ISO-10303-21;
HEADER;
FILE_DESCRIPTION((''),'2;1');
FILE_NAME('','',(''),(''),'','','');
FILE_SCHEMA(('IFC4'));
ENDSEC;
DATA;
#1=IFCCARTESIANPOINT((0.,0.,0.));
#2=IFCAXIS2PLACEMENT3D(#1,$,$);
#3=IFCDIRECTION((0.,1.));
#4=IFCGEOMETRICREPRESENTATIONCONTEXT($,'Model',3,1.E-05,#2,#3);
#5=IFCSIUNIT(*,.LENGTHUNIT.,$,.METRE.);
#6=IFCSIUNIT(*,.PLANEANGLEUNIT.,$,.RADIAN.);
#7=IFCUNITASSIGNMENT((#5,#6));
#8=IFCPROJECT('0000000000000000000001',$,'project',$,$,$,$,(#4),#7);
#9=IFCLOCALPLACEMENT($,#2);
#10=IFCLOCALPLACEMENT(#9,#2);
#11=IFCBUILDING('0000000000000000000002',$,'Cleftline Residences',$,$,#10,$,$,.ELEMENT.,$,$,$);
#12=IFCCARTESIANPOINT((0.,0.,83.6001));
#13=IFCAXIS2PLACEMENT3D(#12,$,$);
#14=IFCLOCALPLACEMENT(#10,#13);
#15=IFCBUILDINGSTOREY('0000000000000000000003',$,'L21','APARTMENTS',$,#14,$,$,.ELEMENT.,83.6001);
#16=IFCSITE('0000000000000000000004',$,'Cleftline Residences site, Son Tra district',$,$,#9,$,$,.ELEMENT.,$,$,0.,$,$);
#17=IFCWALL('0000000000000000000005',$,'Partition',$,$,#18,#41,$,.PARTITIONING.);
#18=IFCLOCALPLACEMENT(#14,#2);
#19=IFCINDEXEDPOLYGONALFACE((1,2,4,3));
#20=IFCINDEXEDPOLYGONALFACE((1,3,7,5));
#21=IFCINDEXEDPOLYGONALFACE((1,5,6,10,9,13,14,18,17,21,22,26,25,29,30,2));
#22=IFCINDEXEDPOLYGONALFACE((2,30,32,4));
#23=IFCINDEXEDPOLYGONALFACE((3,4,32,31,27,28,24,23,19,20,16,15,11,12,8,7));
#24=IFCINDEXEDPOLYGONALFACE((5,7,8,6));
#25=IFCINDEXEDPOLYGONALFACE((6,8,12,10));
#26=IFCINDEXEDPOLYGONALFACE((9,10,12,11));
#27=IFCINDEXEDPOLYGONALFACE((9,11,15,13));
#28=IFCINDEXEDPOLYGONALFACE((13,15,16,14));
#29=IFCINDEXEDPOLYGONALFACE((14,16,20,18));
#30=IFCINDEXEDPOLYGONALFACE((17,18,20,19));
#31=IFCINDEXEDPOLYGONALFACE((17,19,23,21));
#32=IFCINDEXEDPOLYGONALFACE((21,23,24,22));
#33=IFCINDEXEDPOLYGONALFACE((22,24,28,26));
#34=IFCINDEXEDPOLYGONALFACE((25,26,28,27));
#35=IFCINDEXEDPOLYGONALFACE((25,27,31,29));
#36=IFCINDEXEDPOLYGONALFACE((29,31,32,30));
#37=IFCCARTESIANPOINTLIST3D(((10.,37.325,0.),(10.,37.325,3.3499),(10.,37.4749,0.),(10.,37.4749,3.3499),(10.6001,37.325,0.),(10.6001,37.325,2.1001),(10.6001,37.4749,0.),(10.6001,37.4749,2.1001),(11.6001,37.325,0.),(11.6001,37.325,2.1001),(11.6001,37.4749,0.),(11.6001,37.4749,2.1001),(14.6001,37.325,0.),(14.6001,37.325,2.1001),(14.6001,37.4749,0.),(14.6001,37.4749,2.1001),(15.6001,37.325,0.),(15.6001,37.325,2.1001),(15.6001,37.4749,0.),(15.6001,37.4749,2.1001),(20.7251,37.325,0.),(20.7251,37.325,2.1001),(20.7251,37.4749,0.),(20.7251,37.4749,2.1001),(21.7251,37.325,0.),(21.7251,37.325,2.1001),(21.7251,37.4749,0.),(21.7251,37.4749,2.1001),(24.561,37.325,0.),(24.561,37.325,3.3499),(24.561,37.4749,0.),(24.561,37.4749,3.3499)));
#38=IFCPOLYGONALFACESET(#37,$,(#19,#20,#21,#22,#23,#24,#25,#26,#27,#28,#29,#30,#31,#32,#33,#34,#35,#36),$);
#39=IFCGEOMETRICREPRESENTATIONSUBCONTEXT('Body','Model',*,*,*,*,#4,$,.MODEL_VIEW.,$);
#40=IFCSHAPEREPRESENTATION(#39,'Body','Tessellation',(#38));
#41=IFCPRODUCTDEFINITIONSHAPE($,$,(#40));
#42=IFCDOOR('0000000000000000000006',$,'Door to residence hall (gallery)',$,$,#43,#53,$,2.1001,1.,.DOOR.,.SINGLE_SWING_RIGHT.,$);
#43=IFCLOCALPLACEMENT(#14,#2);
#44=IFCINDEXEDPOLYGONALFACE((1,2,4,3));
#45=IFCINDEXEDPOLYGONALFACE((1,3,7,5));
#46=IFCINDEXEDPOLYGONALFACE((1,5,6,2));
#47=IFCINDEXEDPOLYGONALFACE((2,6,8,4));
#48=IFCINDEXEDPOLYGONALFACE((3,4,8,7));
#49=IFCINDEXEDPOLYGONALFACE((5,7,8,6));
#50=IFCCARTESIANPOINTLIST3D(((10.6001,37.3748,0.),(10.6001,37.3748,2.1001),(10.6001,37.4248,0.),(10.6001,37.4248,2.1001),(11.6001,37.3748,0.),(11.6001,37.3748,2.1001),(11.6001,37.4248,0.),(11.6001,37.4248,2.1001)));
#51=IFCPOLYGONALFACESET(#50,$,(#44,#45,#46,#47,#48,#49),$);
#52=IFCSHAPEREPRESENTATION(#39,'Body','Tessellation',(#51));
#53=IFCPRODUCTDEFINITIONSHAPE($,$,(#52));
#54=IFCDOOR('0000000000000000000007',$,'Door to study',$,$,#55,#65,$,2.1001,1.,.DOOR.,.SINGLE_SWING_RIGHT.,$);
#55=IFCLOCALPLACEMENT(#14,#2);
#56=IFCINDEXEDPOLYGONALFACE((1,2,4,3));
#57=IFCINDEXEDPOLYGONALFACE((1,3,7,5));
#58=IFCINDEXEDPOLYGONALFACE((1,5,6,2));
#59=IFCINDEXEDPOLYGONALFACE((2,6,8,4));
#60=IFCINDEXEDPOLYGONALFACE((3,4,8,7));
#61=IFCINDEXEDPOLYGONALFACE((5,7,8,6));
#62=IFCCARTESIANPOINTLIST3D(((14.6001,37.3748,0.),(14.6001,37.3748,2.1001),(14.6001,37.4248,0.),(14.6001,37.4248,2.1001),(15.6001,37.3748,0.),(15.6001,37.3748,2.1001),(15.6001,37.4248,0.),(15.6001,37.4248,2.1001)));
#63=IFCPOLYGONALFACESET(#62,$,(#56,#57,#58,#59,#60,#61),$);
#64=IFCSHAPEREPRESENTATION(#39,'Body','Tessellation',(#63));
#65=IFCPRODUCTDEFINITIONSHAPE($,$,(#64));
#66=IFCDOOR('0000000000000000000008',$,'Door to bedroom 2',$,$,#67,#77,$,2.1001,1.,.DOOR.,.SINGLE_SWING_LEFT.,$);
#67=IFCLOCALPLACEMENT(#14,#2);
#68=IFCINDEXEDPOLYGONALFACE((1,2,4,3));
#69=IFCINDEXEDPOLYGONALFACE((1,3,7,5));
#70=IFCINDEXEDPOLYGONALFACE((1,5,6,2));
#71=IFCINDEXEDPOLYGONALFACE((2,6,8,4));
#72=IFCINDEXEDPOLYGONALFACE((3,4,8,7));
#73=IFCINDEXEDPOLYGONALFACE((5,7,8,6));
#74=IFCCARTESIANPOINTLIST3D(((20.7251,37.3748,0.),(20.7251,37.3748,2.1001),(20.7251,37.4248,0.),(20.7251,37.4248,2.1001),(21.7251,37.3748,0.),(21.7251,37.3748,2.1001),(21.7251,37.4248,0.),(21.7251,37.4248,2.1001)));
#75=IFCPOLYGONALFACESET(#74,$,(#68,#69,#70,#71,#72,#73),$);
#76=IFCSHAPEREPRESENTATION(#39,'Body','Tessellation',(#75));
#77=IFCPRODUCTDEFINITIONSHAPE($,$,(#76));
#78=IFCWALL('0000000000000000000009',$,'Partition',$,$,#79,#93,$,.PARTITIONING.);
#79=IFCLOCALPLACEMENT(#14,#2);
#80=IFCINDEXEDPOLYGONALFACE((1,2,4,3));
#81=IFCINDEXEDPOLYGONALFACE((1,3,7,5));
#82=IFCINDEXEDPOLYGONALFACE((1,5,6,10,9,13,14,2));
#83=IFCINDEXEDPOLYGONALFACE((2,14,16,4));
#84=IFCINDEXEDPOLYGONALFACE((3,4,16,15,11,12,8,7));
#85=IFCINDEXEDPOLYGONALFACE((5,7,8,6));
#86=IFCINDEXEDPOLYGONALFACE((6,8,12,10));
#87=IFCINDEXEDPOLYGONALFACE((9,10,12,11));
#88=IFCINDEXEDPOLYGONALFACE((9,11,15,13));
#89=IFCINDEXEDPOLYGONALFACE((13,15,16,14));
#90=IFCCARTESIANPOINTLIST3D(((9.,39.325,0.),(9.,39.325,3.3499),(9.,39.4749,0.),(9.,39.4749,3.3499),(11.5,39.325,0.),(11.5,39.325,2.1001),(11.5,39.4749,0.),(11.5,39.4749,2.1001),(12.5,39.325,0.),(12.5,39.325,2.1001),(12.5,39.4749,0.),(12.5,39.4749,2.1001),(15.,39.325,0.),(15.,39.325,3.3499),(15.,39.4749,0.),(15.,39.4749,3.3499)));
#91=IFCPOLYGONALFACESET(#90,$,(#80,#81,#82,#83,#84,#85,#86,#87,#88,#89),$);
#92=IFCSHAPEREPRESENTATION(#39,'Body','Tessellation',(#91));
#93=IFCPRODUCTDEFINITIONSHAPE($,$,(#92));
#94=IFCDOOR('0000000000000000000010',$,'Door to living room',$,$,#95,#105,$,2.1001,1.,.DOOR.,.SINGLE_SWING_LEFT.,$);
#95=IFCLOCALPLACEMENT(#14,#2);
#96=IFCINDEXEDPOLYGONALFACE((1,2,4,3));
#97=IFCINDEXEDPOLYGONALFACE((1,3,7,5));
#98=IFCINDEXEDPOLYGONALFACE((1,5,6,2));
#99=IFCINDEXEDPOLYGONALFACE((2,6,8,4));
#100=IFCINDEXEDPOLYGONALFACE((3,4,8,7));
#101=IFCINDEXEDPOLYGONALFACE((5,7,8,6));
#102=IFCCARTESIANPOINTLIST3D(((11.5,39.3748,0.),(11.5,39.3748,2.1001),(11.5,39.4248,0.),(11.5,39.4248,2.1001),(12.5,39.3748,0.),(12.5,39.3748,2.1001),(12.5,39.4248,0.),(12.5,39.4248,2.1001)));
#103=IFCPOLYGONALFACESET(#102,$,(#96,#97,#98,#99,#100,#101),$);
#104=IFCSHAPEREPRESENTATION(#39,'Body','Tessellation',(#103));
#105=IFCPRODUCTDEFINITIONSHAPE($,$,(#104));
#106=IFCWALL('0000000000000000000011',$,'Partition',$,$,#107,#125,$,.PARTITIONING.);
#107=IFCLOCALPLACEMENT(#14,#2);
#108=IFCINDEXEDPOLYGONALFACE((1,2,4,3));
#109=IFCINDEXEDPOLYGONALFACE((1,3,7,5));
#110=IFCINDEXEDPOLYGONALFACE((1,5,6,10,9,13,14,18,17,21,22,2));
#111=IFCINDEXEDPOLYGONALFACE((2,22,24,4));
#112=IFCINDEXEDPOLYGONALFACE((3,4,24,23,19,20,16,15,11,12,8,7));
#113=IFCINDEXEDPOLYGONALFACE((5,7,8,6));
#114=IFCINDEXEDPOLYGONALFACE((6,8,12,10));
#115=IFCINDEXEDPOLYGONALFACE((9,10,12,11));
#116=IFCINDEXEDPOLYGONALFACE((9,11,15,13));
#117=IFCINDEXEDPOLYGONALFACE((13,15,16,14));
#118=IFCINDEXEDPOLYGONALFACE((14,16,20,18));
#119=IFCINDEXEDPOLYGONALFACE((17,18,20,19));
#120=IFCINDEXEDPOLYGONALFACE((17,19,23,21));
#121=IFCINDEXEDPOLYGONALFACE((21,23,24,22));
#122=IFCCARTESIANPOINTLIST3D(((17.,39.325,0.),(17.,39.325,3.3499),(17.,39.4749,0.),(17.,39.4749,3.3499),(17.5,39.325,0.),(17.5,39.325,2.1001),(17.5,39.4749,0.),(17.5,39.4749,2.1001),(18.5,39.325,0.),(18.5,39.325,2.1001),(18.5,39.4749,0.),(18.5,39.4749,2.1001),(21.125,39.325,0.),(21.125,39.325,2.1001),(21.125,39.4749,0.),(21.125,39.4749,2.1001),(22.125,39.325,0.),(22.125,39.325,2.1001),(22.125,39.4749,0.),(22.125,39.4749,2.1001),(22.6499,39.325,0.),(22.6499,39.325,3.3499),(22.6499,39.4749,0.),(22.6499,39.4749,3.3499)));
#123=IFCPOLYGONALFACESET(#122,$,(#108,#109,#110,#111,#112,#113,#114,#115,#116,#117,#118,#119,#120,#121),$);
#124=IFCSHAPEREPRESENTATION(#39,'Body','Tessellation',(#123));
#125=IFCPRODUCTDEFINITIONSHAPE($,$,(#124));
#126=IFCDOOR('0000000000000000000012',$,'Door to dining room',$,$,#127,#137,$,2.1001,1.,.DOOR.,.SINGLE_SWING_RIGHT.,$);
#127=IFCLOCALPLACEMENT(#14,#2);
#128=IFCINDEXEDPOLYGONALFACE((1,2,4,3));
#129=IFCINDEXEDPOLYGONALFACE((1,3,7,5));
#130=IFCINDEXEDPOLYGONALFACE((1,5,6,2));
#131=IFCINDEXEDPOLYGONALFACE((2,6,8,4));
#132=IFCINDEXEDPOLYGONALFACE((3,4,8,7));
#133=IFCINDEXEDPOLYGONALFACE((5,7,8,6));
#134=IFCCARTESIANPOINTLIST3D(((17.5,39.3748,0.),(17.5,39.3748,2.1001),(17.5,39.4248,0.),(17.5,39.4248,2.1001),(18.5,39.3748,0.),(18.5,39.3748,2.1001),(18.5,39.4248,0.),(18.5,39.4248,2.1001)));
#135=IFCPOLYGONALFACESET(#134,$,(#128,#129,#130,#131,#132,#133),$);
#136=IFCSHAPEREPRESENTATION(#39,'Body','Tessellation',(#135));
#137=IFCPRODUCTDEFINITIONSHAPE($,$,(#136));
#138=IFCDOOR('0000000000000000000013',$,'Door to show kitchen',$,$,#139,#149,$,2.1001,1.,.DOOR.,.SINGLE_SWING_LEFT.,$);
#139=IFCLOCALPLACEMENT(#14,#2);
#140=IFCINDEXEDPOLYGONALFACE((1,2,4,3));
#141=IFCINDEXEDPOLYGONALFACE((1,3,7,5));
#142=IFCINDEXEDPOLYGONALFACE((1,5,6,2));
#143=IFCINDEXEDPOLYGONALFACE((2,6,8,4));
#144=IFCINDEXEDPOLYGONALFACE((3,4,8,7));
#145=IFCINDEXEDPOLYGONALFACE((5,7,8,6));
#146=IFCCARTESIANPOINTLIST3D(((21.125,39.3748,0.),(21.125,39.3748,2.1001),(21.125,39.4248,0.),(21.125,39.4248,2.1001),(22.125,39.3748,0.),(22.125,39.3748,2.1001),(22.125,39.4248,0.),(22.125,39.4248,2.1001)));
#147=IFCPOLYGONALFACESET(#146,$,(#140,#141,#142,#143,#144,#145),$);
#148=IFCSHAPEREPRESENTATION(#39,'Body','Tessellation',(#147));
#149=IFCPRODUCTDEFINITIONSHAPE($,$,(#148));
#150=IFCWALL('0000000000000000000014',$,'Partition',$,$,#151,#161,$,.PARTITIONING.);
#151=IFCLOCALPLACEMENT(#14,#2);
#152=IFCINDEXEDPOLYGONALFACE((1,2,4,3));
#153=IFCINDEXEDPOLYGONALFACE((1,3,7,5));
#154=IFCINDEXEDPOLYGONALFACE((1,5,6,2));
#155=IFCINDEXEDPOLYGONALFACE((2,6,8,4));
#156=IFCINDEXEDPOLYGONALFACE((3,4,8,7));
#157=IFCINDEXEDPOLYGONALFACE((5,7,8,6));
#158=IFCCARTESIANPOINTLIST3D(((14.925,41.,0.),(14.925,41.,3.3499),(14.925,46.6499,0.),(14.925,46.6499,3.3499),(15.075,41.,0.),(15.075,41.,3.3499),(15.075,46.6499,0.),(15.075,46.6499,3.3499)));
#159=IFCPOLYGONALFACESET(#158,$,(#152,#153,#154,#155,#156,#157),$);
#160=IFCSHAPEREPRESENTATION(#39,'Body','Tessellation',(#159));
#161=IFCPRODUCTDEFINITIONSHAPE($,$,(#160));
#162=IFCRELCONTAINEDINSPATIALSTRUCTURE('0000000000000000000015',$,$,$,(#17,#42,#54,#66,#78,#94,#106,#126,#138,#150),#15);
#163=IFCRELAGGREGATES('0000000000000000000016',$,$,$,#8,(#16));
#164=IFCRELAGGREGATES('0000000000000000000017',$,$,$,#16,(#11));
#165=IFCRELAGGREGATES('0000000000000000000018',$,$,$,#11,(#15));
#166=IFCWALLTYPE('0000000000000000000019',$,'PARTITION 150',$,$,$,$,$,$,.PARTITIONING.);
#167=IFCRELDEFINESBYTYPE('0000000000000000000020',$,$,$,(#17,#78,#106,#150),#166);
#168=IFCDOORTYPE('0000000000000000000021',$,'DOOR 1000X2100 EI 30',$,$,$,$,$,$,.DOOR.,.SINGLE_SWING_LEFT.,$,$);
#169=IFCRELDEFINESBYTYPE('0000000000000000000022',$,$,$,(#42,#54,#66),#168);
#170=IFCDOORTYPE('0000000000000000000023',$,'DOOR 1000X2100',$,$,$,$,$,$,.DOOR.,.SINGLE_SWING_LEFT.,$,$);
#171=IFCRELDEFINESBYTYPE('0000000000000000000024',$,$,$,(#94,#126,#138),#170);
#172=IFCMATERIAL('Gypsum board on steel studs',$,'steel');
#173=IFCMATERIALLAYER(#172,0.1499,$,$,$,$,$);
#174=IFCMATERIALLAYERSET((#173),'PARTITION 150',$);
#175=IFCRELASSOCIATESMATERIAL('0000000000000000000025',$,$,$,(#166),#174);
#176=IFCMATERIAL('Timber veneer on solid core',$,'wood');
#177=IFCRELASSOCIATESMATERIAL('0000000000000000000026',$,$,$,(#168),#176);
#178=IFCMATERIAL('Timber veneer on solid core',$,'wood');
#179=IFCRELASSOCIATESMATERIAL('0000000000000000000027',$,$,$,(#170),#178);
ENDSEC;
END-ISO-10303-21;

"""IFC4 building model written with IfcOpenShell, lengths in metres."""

from ifc_helpers import new_model, si_unit, direction, frame, frame_2d, origin, place, context, subcontext, project, spatial, rectangle, extrude, material, layer, layer_set, type_object, element, fill, save


model = new_model("IFC4")

# Units and contexts
model_context = context("Model", 3, precision=1e-05, world=origin(), true_north=direction((0.0, 1.0)))
body_context = subcontext(model_context, "Body", "Model", "MODEL_VIEW")
ifc_project = project(units=[si_unit("LENGTHUNIT", "METRE"), si_unit("PLANEANGLEUNIT", "RADIAN")], contexts=[model_context])

# Site, building, storey
site_placement = place(None, origin())
site = spatial("IfcSite", under=ifc_project, at=site_placement, Name="Cleftline Residences site, Son Tra district", CompositionType="ELEMENT", RefElevation=0.0)
building_placement = place(site_placement, origin())
building = spatial("IfcBuilding", under=site, at=building_placement, Name="Cleftline Residences", CompositionType="ELEMENT")
storey_placement = place(building_placement, frame((0.0, 0.0, 83.6001)))
storey = spatial("IfcBuildingStorey", under=building, at=storey_placement, Name="L21", Description="APARTMENTS", CompositionType="ELEMENT", Elevation=83.6001)

# Wall, openings, doors
ifc_material_1 = material(Name="Gypsum board on steel studs", Category="steel")
ifc_layer = layer(ifc_material_1, 0.1499)
ifc_layer_set = layer_set([ifc_layer], Name="PARTITION 150")
wall_type = type_object("IfcWallType", Name="PARTITION 150", PredefinedType="PARTITIONING", material=ifc_layer_set)
wall_1_placement = place(storey_placement, frame((10.0, 37.3999, 0.0), z_axis=(0.0, 0.0, 1.0), x_axis=(1.0, 0.0, 0.0)))
wall_1 = element("IfcWall", 1, at=wall_1_placement, inside=storey, type_object=wall_type, Name="Partition", PredefinedType="PARTITIONING", context=body_context, shape_type="SweptSolid", body=[
    extrude(rectangle(XDim=14.561, YDim=0.1499, at=frame_2d((7.2805, 0.0))), origin(), (0.0, 0.0, 1.0), 3.3499),
])
opening_1_placement = place(wall_1_placement, frame((0.6001, 0.0, 0.0)))
opening_1 = element("IfcOpeningElement", 2, at=opening_1_placement, cuts=wall_1, PredefinedType="OPENING", context=body_context, shape_type="SweptSolid", body=[
    extrude(rectangle(XDim=1.0, YDim=2.1001, at=frame_2d((0.5, 1.05))), frame((0.0, 0.085, 0.0), z_axis=(0.0, -1.0, 0.0), x_axis=(1.0, 0.0, 0.0)), (0.0, 0.0, 1.0), 0.1699),
])
opening_2_placement = place(wall_1_placement, frame((4.6001, 0.0, 0.0)))
opening_2 = element("IfcOpeningElement", 3, at=opening_2_placement, cuts=wall_1, PredefinedType="OPENING", context=body_context, shape_type="SweptSolid", body=[
    extrude(rectangle(XDim=1.0, YDim=2.1001, at=frame_2d((0.5, 1.05))), frame((0.0, 0.085, 0.0), z_axis=(0.0, -1.0, 0.0), x_axis=(1.0, 0.0, 0.0)), (0.0, 0.0, 1.0), 0.1699),
])
opening_3_placement = place(wall_1_placement, frame((10.7251, 0.0, 0.0)))
opening_3 = element("IfcOpeningElement", 4, at=opening_3_placement, cuts=wall_1, PredefinedType="OPENING", context=body_context, shape_type="SweptSolid", body=[
    extrude(rectangle(XDim=1.0, YDim=2.1001, at=frame_2d((0.5, 1.05))), frame((0.0, 0.085, 0.0), z_axis=(0.0, -1.0, 0.0), x_axis=(1.0, 0.0, 0.0)), (0.0, 0.0, 1.0), 0.1699),
])
ifc_material_2 = material(Name="Timber veneer on solid core", Category="wood")
door_type_1 = type_object("IfcDoorType", Name="DOOR 1000X2100 EI 30", OperationType="SINGLE_SWING_LEFT", PredefinedType="DOOR", material=ifc_material_2)
door_1_placement = place(opening_1_placement, origin())
door_1 = element("IfcDoor", 5, at=door_1_placement, inside=storey, type_object=door_type_1, Name="Door to residence hall (gallery)", OperationType="SINGLE_SWING_RIGHT", OverallHeight=2.1001, OverallWidth=1.0, PredefinedType="DOOR", context=body_context, shape_type="SweptSolid", body=[
    extrude(rectangle(XDim=1.0, YDim=2.1001, at=frame_2d((0.5, 1.05))), frame((0.0, 0.0249, 0.0), z_axis=(0.0, -1.0, 0.0), x_axis=(1.0, 0.0, 0.0)), (0.0, 0.0, 1.0), 0.05),
])
fill(opening_1, door_1)
door_2_placement = place(opening_2_placement, origin())
door_2 = element("IfcDoor", 6, at=door_2_placement, inside=storey, type_object=door_type_1, Name="Door to study", OperationType="SINGLE_SWING_RIGHT", OverallHeight=2.1001, OverallWidth=1.0, PredefinedType="DOOR", context=body_context, shape_type="SweptSolid", body=[
    extrude(rectangle(XDim=1.0, YDim=2.1001, at=frame_2d((0.5, 1.05))), frame((0.0, 0.0249, 0.0), z_axis=(0.0, -1.0, 0.0), x_axis=(1.0, 0.0, 0.0)), (0.0, 0.0, 1.0), 0.05),
])
fill(opening_2, door_2)
door_3_placement = place(opening_3_placement, origin())
door_3 = element("IfcDoor", 7, at=door_3_placement, inside=storey, type_object=door_type_1, Name="Door to bedroom 2", OperationType="SINGLE_SWING_LEFT", OverallHeight=2.1001, OverallWidth=1.0, PredefinedType="DOOR", context=body_context, shape_type="SweptSolid", body=[
    extrude(rectangle(XDim=1.0, YDim=2.1001, at=frame_2d((0.5, 1.05))), frame((0.0, 0.0249, 0.0), z_axis=(0.0, -1.0, 0.0), x_axis=(1.0, 0.0, 0.0)), (0.0, 0.0, 1.0), 0.05),
])
fill(opening_3, door_3)

# Wall, opening, door
wall_2_placement = place(storey_placement, frame((9.0, 39.3999, 0.0), z_axis=(0.0, 0.0, 1.0), x_axis=(1.0, 0.0, 0.0)))
wall_2 = element("IfcWall", 8, at=wall_2_placement, inside=storey, type_object=wall_type, Name="Partition", PredefinedType="PARTITIONING", context=body_context, shape_type="SweptSolid", body=[
    extrude(rectangle(XDim=6.0, YDim=0.1499, at=frame_2d((3.0, 0.0))), origin(), (0.0, 0.0, 1.0), 3.3499),
])
opening_4_placement = place(wall_2_placement, frame((2.5, 0.0, 0.0)))
opening_4 = element("IfcOpeningElement", 9, at=opening_4_placement, cuts=wall_2, PredefinedType="OPENING", context=body_context, shape_type="SweptSolid", body=[
    extrude(rectangle(XDim=1.0, YDim=2.1001, at=frame_2d((0.5, 1.05))), frame((0.0, 0.085, 0.0), z_axis=(0.0, -1.0, 0.0), x_axis=(1.0, 0.0, 0.0)), (0.0, 0.0, 1.0), 0.1699),
])
ifc_material_3 = material(Name="Timber veneer on solid core", Category="wood")
door_type_2 = type_object("IfcDoorType", Name="DOOR 1000X2100", OperationType="SINGLE_SWING_LEFT", PredefinedType="DOOR", material=ifc_material_3)
door_4_placement = place(opening_4_placement, origin())
door_4 = element("IfcDoor", 10, at=door_4_placement, inside=storey, type_object=door_type_2, Name="Door to living room", OperationType="SINGLE_SWING_LEFT", OverallHeight=2.1001, OverallWidth=1.0, PredefinedType="DOOR", context=body_context, shape_type="SweptSolid", body=[
    extrude(rectangle(XDim=1.0, YDim=2.1001, at=frame_2d((0.5, 1.05))), frame((0.0, 0.0249, 0.0), z_axis=(0.0, -1.0, 0.0), x_axis=(1.0, 0.0, 0.0)), (0.0, 0.0, 1.0), 0.05),
])
fill(opening_4, door_4)

# Wall, openings, doors
wall_3_placement = place(storey_placement, frame((17.0, 39.3999, 0.0), z_axis=(0.0, 0.0, 1.0), x_axis=(1.0, 0.0, 0.0)))
wall_3 = element("IfcWall", 11, at=wall_3_placement, inside=storey, type_object=wall_type, Name="Partition", PredefinedType="PARTITIONING", context=body_context, shape_type="SweptSolid", body=[
    extrude(rectangle(XDim=5.6499, YDim=0.1499, at=frame_2d((2.825, 0.0))), origin(), (0.0, 0.0, 1.0), 3.3499),
])
opening_5_placement = place(wall_3_placement, frame((0.5, 0.0, 0.0)))
opening_5 = element("IfcOpeningElement", 12, at=opening_5_placement, cuts=wall_3, PredefinedType="OPENING", context=body_context, shape_type="SweptSolid", body=[
    extrude(rectangle(XDim=1.0, YDim=2.1001, at=frame_2d((0.5, 1.05))), frame((0.0, 0.085, 0.0), z_axis=(0.0, -1.0, 0.0), x_axis=(1.0, 0.0, 0.0)), (0.0, 0.0, 1.0), 0.1699),
])
opening_6_placement = place(wall_3_placement, frame((4.125, 0.0, 0.0)))
opening_6 = element("IfcOpeningElement", 13, at=opening_6_placement, cuts=wall_3, PredefinedType="OPENING", context=body_context, shape_type="SweptSolid", body=[
    extrude(rectangle(XDim=1.0, YDim=2.1001, at=frame_2d((0.5, 1.05))), frame((0.0, 0.085, 0.0), z_axis=(0.0, -1.0, 0.0), x_axis=(1.0, 0.0, 0.0)), (0.0, 0.0, 1.0), 0.1699),
])
door_5_placement = place(opening_5_placement, origin())
door_5 = element("IfcDoor", 14, at=door_5_placement, inside=storey, type_object=door_type_2, Name="Door to dining room", OperationType="SINGLE_SWING_RIGHT", OverallHeight=2.1001, OverallWidth=1.0, PredefinedType="DOOR", context=body_context, shape_type="SweptSolid", body=[
    extrude(rectangle(XDim=1.0, YDim=2.1001, at=frame_2d((0.5, 1.05))), frame((0.0, 0.0249, 0.0), z_axis=(0.0, -1.0, 0.0), x_axis=(1.0, 0.0, 0.0)), (0.0, 0.0, 1.0), 0.05),
])
fill(opening_5, door_5)
door_6_placement = place(opening_6_placement, origin())
door_6 = element("IfcDoor", 15, at=door_6_placement, inside=storey, type_object=door_type_2, Name="Door to show kitchen", OperationType="SINGLE_SWING_LEFT", OverallHeight=2.1001, OverallWidth=1.0, PredefinedType="DOOR", context=body_context, shape_type="SweptSolid", body=[
    extrude(rectangle(XDim=1.0, YDim=2.1001, at=frame_2d((0.5, 1.05))), frame((0.0, 0.0249, 0.0), z_axis=(0.0, -1.0, 0.0), x_axis=(1.0, 0.0, 0.0)), (0.0, 0.0, 1.0), 0.05),
])
fill(opening_6, door_6)

# Wall
wall_4_placement = place(storey_placement, frame((15.0, 41.0, 0.0), z_axis=(0.0, 0.0, 1.0), x_axis=(0.0, 1.0, 0.0)))
element("IfcWall", 16, at=wall_4_placement, inside=storey, type_object=wall_type, Name="Partition", PredefinedType="PARTITIONING", context=body_context, shape_type="SweptSolid", body=[
    extrude(rectangle(XDim=5.6499, YDim=0.1499, at=frame_2d((2.825, 0.0))), origin(), (0.0, 0.0, 1.0), 3.3499),
])

save(model, "model.ifc")
